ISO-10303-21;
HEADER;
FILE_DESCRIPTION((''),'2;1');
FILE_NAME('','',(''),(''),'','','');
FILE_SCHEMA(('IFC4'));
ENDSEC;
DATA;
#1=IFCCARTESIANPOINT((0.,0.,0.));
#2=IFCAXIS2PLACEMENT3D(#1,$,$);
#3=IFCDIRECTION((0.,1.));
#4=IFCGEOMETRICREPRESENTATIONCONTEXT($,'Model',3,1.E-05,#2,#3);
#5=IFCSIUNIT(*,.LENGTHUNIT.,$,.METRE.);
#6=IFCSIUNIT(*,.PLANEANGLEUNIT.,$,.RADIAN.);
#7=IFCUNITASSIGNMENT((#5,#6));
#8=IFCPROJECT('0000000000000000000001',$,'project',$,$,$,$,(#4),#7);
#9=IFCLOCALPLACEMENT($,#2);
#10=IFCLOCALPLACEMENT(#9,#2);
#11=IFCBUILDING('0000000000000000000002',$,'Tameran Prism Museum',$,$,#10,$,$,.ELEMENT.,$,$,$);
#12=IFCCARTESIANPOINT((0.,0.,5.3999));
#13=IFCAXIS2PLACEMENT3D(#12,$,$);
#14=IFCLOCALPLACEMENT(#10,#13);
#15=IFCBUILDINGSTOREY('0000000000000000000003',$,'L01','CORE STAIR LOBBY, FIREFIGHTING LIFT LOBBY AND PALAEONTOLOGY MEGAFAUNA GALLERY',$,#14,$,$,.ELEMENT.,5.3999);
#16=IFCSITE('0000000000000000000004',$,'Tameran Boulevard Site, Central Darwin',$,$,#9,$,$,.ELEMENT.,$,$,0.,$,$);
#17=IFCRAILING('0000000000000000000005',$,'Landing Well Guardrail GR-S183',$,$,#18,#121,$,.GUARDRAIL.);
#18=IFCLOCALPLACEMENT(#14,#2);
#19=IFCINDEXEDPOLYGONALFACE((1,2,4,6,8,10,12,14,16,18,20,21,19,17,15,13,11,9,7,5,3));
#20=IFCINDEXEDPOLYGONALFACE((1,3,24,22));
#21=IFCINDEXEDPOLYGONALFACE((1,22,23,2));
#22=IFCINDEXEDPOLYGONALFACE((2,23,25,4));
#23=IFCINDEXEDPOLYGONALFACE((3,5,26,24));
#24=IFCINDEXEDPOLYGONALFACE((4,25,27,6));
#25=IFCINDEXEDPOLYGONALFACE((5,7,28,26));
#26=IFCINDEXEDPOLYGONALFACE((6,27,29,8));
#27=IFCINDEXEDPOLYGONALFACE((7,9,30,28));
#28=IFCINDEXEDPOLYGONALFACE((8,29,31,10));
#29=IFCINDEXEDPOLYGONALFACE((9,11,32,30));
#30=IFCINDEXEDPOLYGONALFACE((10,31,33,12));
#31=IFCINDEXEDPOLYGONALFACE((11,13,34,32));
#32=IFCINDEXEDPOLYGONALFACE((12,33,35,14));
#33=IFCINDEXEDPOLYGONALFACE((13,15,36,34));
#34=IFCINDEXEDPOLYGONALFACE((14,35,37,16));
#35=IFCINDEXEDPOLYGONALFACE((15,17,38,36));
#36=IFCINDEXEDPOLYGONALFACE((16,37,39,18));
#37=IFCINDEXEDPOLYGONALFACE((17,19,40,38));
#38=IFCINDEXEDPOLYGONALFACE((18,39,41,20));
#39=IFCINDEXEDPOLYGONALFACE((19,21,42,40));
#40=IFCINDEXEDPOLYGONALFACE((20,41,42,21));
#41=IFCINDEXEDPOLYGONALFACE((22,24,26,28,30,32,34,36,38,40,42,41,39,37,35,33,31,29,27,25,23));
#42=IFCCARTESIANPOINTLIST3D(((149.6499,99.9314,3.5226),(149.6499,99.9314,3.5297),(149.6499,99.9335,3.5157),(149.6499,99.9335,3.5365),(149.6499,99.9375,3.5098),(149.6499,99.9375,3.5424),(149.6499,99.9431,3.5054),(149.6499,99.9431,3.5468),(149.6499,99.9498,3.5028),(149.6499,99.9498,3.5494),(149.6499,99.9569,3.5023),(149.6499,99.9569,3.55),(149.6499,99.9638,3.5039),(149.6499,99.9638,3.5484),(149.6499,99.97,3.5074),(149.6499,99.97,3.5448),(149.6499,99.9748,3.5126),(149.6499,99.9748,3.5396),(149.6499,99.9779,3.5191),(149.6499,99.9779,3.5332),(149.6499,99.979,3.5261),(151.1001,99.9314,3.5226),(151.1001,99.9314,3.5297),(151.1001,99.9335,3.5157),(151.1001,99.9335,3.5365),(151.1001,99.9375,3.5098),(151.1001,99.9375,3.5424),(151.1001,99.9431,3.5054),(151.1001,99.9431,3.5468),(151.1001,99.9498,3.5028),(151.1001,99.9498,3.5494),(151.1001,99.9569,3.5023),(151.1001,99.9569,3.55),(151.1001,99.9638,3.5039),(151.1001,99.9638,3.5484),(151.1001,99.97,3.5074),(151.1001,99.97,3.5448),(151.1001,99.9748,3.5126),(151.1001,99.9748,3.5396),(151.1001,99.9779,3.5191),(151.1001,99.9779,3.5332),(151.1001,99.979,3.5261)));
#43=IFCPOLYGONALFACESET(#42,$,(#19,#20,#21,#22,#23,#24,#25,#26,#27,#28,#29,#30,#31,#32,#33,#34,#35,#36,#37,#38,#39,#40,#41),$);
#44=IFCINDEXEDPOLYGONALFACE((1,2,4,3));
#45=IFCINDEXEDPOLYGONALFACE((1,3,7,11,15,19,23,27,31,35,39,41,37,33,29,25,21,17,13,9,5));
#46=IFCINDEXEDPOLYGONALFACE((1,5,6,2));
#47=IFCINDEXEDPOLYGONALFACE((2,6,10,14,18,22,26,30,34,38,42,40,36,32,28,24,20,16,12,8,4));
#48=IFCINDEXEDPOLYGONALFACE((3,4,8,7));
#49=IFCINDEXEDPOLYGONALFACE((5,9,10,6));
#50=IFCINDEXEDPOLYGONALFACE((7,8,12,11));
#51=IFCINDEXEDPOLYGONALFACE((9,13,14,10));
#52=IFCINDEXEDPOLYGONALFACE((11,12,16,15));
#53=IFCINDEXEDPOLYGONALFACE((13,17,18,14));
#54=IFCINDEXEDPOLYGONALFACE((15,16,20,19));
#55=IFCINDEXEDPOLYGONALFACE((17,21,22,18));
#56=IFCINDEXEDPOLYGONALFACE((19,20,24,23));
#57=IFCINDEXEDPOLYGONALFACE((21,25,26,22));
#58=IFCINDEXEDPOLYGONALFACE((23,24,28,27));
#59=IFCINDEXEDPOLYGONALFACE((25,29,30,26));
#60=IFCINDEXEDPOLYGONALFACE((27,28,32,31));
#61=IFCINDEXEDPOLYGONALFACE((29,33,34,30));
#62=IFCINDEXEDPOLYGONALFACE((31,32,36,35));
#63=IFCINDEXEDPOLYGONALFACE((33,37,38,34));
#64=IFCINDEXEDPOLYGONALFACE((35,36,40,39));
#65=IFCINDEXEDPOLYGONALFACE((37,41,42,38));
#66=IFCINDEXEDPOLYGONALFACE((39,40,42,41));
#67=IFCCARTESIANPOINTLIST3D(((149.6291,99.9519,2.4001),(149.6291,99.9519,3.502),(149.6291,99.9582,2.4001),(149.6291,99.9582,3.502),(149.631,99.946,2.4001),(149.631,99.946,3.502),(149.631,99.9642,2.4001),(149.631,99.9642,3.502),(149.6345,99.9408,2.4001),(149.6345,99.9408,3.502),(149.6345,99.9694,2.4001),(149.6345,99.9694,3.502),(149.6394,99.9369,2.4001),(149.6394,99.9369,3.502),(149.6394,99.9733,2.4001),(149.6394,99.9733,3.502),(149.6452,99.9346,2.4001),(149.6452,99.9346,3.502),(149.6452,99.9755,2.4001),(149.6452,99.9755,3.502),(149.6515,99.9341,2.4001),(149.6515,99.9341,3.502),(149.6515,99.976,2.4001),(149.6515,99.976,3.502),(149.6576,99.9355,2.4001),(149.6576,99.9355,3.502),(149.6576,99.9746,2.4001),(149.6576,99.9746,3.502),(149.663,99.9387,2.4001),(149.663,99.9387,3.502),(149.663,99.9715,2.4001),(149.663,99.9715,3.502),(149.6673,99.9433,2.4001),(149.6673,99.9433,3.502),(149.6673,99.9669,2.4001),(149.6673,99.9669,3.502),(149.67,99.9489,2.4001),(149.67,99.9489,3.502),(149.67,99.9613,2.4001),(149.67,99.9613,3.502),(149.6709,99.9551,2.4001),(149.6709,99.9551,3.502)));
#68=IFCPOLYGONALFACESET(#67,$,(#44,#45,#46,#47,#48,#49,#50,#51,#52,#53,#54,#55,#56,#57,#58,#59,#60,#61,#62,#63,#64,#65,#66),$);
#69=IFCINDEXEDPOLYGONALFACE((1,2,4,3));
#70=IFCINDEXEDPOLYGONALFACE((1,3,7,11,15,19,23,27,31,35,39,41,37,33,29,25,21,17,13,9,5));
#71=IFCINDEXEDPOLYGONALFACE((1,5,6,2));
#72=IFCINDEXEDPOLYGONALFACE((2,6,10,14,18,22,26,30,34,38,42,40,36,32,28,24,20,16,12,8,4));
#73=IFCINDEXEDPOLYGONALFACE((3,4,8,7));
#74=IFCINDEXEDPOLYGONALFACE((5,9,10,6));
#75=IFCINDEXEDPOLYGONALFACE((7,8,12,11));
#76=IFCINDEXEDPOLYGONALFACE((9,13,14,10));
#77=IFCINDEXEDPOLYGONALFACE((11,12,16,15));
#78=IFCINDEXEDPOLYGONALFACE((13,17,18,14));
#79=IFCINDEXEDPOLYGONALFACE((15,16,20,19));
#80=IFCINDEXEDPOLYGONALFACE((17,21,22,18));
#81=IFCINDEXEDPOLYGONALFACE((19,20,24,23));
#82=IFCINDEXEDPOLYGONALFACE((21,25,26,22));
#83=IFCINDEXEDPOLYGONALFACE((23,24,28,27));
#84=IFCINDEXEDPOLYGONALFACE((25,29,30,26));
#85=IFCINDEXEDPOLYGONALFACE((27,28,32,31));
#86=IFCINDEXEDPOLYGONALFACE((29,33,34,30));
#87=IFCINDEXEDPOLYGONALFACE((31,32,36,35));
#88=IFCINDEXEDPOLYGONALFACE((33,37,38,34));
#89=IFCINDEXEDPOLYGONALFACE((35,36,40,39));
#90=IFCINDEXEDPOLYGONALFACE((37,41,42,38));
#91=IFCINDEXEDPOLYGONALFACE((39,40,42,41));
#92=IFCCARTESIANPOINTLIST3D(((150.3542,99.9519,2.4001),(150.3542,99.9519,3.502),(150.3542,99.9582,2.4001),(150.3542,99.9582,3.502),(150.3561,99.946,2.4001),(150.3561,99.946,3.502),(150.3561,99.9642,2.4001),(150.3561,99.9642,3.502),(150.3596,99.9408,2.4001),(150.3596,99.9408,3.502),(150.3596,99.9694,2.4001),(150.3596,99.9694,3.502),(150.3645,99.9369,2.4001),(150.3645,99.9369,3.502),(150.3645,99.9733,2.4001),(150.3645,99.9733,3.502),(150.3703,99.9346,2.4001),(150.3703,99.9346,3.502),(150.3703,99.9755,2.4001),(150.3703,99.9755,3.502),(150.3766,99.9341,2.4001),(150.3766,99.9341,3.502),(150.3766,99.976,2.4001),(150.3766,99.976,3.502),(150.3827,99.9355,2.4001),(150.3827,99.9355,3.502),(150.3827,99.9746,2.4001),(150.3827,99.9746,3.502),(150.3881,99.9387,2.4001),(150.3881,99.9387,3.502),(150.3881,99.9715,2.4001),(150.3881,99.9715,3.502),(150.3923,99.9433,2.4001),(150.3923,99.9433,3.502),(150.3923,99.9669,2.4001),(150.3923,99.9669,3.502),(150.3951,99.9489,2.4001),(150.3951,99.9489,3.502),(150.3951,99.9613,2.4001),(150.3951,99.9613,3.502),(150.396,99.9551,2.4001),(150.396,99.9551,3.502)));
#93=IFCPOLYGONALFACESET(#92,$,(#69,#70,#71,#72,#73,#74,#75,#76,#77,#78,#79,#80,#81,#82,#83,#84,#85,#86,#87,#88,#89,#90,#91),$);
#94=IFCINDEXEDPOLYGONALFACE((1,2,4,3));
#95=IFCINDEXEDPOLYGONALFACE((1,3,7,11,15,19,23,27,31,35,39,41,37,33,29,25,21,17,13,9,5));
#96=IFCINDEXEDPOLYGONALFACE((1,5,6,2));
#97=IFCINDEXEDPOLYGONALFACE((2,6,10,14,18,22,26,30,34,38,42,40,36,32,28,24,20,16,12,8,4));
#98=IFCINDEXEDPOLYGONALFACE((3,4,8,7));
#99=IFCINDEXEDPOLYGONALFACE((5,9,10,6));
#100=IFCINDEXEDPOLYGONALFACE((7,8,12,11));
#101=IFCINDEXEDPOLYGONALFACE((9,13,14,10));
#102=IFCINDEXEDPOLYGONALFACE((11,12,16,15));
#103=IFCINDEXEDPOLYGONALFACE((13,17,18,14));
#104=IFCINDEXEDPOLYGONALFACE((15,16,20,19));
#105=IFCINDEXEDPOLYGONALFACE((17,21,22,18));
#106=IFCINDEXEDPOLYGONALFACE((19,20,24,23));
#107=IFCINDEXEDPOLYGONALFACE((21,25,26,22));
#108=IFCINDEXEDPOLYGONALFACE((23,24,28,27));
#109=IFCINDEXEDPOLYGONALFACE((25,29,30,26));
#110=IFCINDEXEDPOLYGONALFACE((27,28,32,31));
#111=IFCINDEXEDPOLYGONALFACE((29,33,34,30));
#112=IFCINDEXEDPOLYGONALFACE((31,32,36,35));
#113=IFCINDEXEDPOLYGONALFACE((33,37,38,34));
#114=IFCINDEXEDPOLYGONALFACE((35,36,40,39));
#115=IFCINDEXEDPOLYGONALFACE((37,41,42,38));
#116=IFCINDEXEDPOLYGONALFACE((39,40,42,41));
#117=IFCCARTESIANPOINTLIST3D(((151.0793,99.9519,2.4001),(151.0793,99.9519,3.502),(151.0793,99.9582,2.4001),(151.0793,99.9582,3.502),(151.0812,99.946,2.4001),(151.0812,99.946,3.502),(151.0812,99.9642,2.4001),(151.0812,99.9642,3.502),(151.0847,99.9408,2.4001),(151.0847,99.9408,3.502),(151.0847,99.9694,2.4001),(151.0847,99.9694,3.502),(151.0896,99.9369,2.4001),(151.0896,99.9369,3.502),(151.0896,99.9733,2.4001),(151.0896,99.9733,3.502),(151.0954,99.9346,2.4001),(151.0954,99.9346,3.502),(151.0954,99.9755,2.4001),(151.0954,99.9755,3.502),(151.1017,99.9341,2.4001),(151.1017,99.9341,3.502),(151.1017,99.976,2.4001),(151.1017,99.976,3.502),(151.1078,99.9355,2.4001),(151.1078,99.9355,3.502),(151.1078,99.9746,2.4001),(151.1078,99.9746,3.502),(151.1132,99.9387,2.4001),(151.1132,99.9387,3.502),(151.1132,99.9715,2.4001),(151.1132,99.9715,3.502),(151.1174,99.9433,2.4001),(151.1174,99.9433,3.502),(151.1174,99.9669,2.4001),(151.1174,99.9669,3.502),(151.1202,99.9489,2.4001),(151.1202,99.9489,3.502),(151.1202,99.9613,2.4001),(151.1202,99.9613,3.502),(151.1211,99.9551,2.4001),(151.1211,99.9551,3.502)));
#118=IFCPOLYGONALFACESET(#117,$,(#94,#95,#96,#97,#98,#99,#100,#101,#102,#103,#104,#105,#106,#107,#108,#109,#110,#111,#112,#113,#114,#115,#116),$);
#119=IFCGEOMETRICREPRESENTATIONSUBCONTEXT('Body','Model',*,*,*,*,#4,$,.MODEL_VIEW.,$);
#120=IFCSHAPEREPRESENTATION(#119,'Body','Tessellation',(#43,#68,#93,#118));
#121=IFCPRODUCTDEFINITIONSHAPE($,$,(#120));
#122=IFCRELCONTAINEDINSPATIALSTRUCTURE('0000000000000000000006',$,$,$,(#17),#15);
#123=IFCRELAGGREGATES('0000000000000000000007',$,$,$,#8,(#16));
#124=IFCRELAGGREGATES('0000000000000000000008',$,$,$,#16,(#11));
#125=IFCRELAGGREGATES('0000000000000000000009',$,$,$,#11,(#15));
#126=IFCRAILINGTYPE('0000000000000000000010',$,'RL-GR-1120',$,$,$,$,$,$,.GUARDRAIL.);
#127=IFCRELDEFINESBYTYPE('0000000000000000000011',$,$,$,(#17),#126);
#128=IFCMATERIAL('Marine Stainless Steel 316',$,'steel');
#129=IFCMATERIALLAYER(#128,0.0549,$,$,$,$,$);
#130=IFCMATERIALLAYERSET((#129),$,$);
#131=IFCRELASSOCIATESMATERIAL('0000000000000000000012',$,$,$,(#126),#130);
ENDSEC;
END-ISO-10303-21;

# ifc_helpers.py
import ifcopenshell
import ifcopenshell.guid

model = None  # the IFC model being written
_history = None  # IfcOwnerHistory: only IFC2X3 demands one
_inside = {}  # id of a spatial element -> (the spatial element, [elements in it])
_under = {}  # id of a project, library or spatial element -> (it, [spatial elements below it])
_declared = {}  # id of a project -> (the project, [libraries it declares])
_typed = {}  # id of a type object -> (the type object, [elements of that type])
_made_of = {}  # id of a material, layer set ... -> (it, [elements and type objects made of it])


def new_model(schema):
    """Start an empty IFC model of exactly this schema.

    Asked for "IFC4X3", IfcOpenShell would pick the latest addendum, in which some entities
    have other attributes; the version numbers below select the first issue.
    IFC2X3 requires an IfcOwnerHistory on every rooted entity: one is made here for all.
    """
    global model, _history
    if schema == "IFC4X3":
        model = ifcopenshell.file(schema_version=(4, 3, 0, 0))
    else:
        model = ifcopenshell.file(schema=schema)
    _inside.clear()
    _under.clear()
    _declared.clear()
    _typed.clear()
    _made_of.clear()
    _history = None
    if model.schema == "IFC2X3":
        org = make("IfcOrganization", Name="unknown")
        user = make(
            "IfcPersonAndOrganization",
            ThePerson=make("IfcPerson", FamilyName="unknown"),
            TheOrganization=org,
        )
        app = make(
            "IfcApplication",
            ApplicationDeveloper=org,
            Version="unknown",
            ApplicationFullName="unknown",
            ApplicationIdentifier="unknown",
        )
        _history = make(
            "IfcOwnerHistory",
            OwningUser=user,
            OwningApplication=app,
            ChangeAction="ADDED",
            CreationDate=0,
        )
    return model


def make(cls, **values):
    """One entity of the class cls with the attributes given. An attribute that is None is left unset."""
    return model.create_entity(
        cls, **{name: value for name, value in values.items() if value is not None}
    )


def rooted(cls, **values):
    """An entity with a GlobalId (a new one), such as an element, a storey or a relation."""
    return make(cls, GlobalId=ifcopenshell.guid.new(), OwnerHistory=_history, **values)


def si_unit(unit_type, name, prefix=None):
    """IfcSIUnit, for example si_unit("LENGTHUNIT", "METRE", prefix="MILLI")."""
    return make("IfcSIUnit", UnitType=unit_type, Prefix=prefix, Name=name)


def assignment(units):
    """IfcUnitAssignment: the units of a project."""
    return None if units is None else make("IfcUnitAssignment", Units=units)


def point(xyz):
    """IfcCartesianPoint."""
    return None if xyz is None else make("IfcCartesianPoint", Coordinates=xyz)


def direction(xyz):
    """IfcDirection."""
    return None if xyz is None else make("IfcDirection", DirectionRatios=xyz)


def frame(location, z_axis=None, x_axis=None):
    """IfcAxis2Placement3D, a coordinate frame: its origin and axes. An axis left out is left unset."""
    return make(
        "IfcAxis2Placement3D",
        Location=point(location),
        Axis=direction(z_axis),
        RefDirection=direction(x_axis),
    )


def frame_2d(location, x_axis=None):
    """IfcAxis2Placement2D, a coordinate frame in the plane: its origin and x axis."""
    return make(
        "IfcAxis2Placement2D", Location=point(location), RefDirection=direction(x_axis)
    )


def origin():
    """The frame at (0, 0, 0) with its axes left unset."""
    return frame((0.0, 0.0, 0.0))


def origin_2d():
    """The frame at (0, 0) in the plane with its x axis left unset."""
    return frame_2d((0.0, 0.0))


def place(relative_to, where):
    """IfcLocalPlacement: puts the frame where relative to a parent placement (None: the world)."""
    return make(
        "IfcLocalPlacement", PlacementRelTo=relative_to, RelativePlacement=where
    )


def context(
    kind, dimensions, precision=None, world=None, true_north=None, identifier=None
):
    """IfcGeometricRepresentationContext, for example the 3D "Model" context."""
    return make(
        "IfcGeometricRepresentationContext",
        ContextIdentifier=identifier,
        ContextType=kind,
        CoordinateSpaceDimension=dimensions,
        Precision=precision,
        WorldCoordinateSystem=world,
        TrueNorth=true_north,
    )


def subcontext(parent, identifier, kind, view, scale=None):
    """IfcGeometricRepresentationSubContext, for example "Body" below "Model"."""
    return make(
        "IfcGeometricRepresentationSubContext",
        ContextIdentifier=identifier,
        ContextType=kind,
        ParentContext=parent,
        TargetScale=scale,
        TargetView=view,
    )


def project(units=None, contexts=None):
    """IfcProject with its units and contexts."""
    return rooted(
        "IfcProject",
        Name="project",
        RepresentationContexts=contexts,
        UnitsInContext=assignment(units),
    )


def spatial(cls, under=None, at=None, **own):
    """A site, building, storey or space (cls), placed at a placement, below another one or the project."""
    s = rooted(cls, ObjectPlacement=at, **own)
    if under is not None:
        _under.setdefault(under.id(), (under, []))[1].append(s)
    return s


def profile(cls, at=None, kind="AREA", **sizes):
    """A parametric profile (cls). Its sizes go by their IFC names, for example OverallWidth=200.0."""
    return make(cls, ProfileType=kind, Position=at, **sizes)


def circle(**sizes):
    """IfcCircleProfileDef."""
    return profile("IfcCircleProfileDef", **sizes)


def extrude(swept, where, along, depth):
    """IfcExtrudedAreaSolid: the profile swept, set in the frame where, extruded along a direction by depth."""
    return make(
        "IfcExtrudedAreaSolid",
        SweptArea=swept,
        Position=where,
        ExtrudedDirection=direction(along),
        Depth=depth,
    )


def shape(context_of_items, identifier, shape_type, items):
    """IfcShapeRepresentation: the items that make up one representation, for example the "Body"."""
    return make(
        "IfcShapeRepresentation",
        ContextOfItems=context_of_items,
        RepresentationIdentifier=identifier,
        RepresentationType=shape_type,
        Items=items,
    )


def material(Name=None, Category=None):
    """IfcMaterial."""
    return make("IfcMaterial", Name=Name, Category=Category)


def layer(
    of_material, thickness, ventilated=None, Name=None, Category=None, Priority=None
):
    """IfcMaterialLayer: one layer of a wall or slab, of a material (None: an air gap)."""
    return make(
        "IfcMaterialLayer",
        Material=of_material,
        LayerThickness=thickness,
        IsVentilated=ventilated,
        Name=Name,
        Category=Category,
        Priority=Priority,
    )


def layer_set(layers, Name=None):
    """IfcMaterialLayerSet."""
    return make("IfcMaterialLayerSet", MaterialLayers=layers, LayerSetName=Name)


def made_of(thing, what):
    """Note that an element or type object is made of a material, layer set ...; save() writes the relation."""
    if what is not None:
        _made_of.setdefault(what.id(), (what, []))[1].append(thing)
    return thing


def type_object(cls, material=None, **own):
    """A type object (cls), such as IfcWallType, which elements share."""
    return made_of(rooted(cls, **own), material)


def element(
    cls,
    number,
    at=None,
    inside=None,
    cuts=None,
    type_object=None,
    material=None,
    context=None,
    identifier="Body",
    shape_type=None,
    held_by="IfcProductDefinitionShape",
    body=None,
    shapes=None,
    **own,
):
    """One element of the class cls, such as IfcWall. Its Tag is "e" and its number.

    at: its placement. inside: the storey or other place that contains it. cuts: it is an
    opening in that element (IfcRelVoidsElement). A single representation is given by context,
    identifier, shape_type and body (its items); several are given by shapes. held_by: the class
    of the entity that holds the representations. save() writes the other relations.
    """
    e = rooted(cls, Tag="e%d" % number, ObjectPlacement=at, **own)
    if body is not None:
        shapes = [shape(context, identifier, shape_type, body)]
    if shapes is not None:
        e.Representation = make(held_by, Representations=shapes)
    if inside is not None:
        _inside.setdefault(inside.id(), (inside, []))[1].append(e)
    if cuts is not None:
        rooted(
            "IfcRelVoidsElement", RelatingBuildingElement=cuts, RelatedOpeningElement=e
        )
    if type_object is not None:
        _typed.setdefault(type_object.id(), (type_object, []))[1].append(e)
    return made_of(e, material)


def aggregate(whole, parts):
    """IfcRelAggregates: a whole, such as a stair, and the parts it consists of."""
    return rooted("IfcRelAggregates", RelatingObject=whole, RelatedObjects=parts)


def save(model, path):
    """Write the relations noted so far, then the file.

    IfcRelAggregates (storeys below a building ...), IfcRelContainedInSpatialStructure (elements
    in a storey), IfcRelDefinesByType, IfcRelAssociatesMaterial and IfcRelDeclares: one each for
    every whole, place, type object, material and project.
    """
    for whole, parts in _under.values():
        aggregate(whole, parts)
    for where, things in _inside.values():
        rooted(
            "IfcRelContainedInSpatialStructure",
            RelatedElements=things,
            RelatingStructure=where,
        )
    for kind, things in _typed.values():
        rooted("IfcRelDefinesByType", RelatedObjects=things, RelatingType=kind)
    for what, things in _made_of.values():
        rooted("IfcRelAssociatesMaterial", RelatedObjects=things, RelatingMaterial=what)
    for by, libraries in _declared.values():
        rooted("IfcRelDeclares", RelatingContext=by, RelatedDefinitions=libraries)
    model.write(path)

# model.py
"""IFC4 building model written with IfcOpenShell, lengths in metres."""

from ifc_helpers import new_model, si_unit, direction, frame, origin, origin_2d, place, context, subcontext, project, spatial, circle, extrude, material, layer, layer_set, type_object, element, save


model = new_model("IFC4")

# Units and contexts
model_context = context("Model", 3, precision=1e-05, world=origin(), true_north=direction((0.0, 1.0)))
body_context = subcontext(model_context, "Body", "Model", "MODEL_VIEW")
ifc_project = project(units=[si_unit("LENGTHUNIT", "METRE"), si_unit("PLANEANGLEUNIT", "RADIAN")], contexts=[model_context])

# Site, building, storey
site_placement = place(None, origin())
site = spatial("IfcSite", under=ifc_project, at=site_placement, Name="Tameran Boulevard Site, Central Darwin", CompositionType="ELEMENT", RefElevation=0.0)
building_placement = place(site_placement, origin())
building = spatial("IfcBuilding", under=site, at=building_placement, Name="Tameran Prism Museum", CompositionType="ELEMENT")
storey_placement = place(building_placement, frame((0.0, 0.0, 5.3999)))
storey = spatial("IfcBuildingStorey", under=building, at=storey_placement, Name="L01", Description="CORE STAIR LOBBY, FIREFIGHTING LIFT LOBBY AND PALAEONTOLOGY MEGAFAUNA GALLERY", CompositionType="ELEMENT", Elevation=5.3999)

# Railing
ifc_material_1 = material(Name="Marine Stainless Steel 316", Category="steel")
ifc_layer_1 = layer(ifc_material_1, 0.0549)
ifc_layer_set_1 = layer_set([ifc_layer_1])
railing_type_1 = type_object("IfcRailingType", Name="RL-GR-1120", PredefinedType="GUARDRAIL", material=ifc_layer_set_1)
railing_1_placement = place(storey_placement, frame((149.6499, 99.9551, 2.4001)))
element("IfcRailing", 1, at=railing_1_placement, inside=storey, type_object=railing_type_1, Name="Landing Well Guardrail GR-S183", PredefinedType="GUARDRAIL", context=body_context, shape_type="SweptSolid", body=[
    extrude(circle(Radius=0.0239, at=origin_2d()), frame((0.0, 0.0, 1.126), z_axis=(1.0, 0.0, 0.0), x_axis=(0.0, 1.0, 0.0)), (0.0, 0.0, 1.0), 1.4502),
    extrude(circle(Radius=0.021, at=origin_2d()), origin(), (0.0, 0.0, 1.0), 1.1018),
    extrude(circle(Radius=0.021, at=origin_2d()), frame((0.7251, 0.0, 0.0)), (0.0, 0.0, 1.0), 1.1018),
    extrude(circle(Radius=0.021, at=origin_2d()), frame((1.4502, 0.0, 0.0)), (0.0, 0.0, 1.0), 1.1018),
])

save(model, "model.ifc")
